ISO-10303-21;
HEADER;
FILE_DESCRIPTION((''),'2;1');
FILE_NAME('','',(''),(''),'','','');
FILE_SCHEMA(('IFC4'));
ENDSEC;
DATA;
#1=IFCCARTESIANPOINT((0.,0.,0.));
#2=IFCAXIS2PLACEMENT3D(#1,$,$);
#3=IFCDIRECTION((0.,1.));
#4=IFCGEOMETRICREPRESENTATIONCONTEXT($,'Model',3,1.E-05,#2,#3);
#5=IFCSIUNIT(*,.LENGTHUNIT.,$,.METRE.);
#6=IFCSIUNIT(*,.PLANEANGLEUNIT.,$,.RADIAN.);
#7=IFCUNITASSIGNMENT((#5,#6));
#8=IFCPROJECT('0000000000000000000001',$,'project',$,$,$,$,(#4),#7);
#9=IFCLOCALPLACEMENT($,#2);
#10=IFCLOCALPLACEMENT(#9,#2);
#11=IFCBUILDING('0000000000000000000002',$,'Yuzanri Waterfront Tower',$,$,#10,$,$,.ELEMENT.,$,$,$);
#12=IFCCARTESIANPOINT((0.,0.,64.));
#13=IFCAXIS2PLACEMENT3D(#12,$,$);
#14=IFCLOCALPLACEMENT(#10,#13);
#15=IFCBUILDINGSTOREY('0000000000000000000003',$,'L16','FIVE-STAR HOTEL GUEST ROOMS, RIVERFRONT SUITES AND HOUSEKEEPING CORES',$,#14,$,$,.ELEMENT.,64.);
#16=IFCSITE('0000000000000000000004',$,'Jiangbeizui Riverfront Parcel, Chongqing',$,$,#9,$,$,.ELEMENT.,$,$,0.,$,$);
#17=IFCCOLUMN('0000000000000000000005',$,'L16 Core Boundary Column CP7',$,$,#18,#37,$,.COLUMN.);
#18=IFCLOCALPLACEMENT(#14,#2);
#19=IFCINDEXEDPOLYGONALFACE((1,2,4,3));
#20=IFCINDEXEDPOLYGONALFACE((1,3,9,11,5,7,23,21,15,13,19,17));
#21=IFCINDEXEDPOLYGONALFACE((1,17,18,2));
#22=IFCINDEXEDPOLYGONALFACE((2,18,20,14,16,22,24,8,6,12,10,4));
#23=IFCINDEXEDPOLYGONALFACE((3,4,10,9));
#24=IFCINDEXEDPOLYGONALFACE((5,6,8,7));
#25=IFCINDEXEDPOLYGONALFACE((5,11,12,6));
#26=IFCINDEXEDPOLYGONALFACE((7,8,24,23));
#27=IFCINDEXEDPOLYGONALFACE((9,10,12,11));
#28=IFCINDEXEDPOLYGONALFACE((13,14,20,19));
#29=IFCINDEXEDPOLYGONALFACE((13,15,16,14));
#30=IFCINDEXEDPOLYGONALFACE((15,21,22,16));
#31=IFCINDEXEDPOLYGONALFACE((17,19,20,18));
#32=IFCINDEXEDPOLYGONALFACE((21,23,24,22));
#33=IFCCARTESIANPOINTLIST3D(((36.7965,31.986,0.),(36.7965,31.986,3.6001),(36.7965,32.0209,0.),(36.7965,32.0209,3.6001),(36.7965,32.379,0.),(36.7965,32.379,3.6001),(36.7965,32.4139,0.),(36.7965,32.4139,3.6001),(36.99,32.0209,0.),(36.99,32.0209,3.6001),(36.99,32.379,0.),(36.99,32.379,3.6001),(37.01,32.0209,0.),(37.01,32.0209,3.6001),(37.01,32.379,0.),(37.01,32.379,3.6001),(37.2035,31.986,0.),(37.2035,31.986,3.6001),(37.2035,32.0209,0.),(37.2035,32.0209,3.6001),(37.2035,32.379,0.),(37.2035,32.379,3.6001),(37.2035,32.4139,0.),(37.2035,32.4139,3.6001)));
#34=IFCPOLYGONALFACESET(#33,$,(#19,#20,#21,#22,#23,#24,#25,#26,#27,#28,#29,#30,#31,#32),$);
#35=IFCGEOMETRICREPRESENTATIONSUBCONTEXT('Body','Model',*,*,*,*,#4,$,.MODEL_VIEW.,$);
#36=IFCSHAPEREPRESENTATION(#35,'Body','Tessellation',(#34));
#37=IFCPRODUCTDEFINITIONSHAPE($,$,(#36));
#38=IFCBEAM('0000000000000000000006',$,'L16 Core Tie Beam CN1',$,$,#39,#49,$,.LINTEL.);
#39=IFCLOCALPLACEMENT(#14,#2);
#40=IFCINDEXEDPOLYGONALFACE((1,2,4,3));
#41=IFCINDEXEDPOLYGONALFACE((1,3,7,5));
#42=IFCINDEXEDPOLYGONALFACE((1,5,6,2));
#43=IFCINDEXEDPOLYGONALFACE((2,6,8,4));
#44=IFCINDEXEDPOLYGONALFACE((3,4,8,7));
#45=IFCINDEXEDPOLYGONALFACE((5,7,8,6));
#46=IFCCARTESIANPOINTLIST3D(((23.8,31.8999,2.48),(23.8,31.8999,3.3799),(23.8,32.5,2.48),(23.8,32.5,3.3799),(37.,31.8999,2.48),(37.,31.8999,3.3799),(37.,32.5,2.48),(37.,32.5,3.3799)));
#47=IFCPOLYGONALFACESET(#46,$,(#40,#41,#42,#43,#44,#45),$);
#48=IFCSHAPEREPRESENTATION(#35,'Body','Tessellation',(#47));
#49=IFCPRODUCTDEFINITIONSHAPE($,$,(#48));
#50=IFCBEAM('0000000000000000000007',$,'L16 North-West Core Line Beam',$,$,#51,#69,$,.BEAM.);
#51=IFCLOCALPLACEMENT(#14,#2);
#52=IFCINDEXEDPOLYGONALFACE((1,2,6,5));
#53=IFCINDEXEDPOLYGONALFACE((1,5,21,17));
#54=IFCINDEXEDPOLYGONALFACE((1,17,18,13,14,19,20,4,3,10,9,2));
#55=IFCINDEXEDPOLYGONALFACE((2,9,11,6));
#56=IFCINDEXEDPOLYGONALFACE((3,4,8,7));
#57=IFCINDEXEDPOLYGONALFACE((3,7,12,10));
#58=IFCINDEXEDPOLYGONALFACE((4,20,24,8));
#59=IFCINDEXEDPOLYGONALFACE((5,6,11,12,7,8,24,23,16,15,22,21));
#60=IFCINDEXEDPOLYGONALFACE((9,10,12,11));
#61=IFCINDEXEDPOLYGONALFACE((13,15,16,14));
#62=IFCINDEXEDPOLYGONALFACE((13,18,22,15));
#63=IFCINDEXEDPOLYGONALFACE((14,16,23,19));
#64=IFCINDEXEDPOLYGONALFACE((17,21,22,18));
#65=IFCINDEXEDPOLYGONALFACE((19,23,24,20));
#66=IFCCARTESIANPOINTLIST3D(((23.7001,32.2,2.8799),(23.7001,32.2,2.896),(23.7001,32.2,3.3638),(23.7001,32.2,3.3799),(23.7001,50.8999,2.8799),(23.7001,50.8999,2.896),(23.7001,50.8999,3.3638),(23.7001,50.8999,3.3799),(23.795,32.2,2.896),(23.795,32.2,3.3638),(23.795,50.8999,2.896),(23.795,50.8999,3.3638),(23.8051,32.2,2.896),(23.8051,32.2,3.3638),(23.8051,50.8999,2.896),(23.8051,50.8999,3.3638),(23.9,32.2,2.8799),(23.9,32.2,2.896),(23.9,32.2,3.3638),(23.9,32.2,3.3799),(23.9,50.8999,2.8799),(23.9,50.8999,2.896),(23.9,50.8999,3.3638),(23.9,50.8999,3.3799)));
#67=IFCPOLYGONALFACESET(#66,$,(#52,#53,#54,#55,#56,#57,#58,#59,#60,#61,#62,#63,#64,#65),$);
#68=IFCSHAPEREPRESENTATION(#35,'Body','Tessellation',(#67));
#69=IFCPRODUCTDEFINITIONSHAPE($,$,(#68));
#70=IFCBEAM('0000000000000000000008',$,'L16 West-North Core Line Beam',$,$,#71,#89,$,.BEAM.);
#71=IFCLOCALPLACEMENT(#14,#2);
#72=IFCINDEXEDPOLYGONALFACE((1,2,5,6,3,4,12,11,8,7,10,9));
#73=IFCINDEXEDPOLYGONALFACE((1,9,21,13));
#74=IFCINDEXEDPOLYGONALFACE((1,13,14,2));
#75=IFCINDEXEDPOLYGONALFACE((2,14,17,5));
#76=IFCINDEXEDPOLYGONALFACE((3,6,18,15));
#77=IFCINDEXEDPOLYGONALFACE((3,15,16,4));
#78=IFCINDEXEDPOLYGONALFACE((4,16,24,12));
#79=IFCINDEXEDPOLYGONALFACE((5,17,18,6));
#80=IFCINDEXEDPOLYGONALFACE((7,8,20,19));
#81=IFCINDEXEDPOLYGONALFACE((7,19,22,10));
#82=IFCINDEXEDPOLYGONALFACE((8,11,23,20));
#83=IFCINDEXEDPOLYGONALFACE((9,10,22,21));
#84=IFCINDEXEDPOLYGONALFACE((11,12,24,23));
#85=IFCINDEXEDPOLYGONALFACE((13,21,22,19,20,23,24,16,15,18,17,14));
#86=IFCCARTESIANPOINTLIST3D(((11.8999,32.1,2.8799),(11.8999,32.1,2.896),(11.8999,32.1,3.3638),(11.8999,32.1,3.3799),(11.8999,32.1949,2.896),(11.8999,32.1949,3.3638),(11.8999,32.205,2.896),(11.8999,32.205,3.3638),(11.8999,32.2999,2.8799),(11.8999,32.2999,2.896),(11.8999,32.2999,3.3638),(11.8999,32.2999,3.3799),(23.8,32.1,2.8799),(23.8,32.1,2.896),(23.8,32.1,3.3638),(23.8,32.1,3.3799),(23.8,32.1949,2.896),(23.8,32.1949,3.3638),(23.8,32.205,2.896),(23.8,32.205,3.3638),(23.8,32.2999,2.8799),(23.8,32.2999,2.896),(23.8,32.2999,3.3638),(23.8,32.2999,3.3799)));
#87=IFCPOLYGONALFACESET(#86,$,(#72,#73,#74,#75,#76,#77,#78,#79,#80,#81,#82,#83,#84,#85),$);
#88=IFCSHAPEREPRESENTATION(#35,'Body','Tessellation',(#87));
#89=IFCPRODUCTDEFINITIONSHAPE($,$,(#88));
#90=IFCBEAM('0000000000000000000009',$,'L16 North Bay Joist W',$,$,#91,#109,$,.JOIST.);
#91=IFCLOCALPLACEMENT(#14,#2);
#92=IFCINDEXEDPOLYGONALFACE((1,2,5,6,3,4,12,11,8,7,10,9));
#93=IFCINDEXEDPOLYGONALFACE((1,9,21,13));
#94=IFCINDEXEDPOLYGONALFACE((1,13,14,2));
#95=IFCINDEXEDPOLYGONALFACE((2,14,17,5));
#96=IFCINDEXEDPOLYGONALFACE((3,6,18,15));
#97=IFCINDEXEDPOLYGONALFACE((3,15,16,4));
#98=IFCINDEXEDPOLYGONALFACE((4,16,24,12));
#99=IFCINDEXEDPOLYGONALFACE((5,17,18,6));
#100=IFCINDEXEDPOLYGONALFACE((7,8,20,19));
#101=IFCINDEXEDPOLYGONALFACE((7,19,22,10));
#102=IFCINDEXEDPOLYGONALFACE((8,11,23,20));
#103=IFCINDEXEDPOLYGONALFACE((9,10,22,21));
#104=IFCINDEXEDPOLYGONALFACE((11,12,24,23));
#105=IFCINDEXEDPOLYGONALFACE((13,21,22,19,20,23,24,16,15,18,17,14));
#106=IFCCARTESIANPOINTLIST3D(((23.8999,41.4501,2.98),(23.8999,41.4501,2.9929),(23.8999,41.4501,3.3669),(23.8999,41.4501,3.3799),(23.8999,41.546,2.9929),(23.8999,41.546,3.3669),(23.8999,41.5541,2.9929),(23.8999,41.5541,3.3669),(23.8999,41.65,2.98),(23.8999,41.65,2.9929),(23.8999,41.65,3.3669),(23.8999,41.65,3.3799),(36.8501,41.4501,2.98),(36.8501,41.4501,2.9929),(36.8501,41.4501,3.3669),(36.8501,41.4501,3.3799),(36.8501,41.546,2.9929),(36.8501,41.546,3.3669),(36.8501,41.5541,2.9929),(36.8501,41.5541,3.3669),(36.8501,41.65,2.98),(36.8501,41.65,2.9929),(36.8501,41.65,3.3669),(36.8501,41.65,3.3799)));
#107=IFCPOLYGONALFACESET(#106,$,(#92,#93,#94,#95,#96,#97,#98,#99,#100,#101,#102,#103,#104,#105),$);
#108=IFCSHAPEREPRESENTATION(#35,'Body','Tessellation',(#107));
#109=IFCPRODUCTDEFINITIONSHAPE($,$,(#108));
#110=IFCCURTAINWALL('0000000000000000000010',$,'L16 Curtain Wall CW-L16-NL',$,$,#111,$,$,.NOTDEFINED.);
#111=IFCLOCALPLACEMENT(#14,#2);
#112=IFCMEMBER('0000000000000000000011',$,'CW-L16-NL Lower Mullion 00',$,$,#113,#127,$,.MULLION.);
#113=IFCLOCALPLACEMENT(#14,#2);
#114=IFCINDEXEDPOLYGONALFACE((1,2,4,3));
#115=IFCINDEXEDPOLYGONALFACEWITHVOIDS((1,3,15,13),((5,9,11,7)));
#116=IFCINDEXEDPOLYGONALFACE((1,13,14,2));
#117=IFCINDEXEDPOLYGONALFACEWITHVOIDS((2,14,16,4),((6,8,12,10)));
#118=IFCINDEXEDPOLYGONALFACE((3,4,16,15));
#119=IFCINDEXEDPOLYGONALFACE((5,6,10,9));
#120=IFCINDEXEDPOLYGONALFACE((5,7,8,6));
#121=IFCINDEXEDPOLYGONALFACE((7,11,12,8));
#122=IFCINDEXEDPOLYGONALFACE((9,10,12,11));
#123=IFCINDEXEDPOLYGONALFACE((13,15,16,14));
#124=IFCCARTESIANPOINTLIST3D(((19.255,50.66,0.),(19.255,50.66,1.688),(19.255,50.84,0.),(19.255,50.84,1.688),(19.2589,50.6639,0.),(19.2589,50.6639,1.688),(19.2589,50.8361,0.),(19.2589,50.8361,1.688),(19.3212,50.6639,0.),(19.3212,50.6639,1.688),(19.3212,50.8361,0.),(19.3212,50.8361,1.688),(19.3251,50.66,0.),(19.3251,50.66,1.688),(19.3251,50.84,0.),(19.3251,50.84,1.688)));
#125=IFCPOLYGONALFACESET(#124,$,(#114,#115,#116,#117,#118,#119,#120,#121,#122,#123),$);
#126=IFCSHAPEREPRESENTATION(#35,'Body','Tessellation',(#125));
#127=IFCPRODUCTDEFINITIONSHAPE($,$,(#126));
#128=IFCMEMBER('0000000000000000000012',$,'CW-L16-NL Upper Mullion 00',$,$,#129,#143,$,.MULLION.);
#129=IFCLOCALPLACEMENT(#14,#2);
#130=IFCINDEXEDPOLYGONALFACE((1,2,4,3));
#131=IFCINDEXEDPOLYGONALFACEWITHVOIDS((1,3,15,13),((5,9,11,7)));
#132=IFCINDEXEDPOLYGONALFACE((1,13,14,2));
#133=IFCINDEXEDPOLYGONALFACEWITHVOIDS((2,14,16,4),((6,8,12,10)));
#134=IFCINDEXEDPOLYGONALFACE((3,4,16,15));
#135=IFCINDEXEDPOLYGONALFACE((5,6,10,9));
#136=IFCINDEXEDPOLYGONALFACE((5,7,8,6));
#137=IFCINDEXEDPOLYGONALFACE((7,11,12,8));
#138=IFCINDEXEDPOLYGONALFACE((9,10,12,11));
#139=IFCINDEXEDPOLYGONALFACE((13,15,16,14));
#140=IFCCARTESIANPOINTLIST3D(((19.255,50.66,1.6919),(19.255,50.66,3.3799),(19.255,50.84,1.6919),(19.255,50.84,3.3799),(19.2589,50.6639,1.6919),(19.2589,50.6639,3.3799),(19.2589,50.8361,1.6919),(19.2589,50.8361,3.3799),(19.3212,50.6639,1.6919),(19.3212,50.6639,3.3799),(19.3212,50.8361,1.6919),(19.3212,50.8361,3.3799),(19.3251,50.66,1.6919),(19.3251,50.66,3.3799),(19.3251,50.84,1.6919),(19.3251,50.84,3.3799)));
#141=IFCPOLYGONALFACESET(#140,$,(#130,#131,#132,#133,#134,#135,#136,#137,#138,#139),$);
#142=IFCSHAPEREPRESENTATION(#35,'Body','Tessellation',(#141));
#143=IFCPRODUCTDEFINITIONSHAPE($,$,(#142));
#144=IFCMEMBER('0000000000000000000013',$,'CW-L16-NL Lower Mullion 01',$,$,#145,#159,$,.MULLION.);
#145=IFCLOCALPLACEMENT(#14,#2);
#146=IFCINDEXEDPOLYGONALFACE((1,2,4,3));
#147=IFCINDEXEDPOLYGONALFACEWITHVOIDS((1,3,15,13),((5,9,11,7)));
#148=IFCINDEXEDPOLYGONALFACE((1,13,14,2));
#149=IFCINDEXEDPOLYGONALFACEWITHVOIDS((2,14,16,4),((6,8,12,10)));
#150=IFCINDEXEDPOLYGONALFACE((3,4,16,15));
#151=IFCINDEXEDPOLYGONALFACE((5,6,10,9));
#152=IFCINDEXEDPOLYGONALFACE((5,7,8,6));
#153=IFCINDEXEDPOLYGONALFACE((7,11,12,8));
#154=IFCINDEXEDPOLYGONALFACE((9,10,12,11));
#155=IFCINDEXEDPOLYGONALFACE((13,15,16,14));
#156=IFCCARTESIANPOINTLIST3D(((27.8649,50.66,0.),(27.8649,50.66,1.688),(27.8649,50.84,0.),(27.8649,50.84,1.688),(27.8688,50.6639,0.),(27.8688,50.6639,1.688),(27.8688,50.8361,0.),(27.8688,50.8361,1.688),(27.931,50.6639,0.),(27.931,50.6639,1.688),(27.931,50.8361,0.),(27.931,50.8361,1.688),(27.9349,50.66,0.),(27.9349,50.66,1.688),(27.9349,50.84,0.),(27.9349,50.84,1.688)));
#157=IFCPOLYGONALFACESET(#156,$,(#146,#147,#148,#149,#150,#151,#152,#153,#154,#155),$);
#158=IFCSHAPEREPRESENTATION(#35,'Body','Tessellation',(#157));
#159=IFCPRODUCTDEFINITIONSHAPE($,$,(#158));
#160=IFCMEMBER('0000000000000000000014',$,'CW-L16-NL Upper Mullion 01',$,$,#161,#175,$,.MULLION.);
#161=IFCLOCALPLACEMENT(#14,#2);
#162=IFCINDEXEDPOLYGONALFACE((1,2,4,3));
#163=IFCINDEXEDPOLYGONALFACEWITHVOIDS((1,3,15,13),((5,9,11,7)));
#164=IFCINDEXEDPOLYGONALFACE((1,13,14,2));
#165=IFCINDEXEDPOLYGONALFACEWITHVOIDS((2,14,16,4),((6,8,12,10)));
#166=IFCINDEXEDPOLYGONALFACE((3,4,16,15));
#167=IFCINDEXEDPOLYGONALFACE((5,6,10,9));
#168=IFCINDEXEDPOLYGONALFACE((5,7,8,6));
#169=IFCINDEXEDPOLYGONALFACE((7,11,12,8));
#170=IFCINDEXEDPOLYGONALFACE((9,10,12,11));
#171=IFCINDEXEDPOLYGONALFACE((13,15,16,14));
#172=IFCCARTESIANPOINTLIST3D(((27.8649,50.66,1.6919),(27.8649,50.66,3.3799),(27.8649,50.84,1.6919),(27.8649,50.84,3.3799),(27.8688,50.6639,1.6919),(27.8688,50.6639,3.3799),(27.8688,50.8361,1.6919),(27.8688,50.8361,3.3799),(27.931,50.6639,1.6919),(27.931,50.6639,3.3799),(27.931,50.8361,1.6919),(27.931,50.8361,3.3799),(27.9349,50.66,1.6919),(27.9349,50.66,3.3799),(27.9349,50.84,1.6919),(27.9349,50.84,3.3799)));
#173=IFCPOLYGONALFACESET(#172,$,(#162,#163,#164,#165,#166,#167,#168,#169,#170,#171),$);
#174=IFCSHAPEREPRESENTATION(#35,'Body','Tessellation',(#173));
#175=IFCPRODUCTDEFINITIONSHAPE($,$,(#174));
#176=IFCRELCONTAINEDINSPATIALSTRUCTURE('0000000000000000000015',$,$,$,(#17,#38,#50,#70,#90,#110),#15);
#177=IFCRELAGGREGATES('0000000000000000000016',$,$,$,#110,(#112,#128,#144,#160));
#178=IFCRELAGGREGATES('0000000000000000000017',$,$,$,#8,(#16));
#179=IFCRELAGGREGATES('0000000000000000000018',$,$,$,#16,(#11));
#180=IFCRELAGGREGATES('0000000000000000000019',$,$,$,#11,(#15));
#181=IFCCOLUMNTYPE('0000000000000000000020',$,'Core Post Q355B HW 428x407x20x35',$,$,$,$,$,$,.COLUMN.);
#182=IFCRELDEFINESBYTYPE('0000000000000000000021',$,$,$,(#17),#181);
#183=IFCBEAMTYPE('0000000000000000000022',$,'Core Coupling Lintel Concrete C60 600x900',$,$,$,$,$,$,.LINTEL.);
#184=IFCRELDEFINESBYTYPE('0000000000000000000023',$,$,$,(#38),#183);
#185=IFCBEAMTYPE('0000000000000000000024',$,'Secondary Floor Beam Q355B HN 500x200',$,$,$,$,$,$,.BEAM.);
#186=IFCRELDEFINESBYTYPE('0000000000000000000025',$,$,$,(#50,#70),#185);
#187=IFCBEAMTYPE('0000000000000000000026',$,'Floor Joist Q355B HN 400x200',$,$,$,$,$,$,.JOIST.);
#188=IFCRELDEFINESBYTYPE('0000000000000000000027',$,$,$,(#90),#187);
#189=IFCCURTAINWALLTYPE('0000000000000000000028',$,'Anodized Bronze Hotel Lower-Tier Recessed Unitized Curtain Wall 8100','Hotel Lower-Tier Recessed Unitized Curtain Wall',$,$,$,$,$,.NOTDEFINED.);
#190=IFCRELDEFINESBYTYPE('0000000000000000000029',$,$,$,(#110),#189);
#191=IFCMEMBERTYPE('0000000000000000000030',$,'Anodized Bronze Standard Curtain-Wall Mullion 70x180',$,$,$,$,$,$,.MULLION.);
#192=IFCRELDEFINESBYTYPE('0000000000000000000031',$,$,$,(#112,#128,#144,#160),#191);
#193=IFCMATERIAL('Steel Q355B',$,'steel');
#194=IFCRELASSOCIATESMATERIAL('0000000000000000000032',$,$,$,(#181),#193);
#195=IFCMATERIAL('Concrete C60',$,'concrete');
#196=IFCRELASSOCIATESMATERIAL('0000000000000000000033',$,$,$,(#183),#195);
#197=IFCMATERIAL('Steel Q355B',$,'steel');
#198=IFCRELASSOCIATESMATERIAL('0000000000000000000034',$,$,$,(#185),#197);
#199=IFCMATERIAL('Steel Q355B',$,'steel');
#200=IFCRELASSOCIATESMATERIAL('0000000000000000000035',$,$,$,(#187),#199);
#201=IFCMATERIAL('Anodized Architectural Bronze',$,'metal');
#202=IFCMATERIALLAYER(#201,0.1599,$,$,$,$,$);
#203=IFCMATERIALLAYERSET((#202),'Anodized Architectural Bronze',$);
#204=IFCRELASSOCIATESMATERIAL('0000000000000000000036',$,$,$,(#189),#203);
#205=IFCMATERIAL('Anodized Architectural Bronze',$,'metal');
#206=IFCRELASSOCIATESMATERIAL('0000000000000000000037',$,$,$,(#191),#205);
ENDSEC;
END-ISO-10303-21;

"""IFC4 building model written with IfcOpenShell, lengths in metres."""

from ifc_helpers import new_model, si_unit, direction, frame, origin, origin_2d, place, context, subcontext, project, spatial, rectangle, hollow_rectangle, i_section, extrude, source, transform, mapped, material, layer, layer_set, material_profile, profile_set, type_object, element, aggregate, save


model = new_model("IFC4")

# Units and contexts
model_context = context("Model", 3, precision=1e-05, world=origin(), true_north=direction((0.0, 1.0)))
body_context = subcontext(model_context, "Body", "Model", "MODEL_VIEW")
ifc_project = project(units=[si_unit("LENGTHUNIT", "METRE"), si_unit("PLANEANGLEUNIT", "RADIAN")], contexts=[model_context])

# Site, building, storey
site_placement = place(None, origin())
site = spatial("IfcSite", under=ifc_project, at=site_placement, Name="Jiangbeizui Riverfront Parcel, Chongqing", CompositionType="ELEMENT", RefElevation=0.0)
building_placement = place(site_placement, origin())
building = spatial("IfcBuilding", under=site, at=building_placement, Name="Yuzanri Waterfront Tower", CompositionType="ELEMENT")
storey_placement = place(building_placement, frame((0.0, 0.0, 64.0)))
storey = spatial("IfcBuildingStorey", under=building, at=storey_placement, Name="L16", Description="FIVE-STAR HOTEL GUEST ROOMS, RIVERFRONT SUITES AND HOUSEKEEPING CORES", CompositionType="ELEMENT", Elevation=64.0)

# Column
ifc_material_1 = material(Name="Steel Q355B", Category="steel")
ifc_material_profile_1 = material_profile(ifc_material_1, i_section(OverallWidth=0.407, OverallDepth=0.428, WebThickness=0.02, FlangeThickness=0.0349, at=origin_2d()), Name="HW 428x407x20x35")
ifc_profile_set_1 = profile_set([ifc_material_profile_1], Name="Steel Q355B")
column_type = type_object("IfcColumnType", Name="Core Post Q355B HW 428x407x20x35", PredefinedType="COLUMN", material=ifc_profile_set_1)
shared_shape_1 = source(origin(), body_context, "Body", "SweptSolid", [
    extrude(i_section(OverallWidth=0.407, OverallDepth=0.428, WebThickness=0.02, FlangeThickness=0.0349, at=origin_2d()), origin(), (0.0, 0.0, 1.0), 3.6001),
])
column_placement = place(storey_placement, frame((37.0, 32.2, 0.0), z_axis=(0.0, 0.0, 1.0), x_axis=(1.0, 0.0, 0.0)))
element("IfcColumn", 1, at=column_placement, inside=storey, type_object=column_type, Name="L16 Core Boundary Column CP7", PredefinedType="COLUMN", context=body_context, shape_type="MappedRepresentation", body=[
    mapped(shared_shape_1, transform((0.0, 0.0, 0.0), scale=1.0)),
])

# Beams
ifc_material_2 = material(Name="Concrete C60", Category="concrete")
ifc_material_profile_2 = material_profile(ifc_material_2, rectangle(XDim=0.6001, YDim=0.8999, at=origin_2d()), Name="RC 600x900")
ifc_profile_set_2 = profile_set([ifc_material_profile_2], Name="Concrete C60")
beam_type_1 = type_object("IfcBeamType", Name="Core Coupling Lintel Concrete C60 600x900", PredefinedType="LINTEL", material=ifc_profile_set_2)
shared_shape_2 = source(origin(), body_context, "Body", "SweptSolid", [
    extrude(rectangle(XDim=0.6001, YDim=0.8999, at=origin_2d()), origin(), (0.0, 0.0, 1.0), 13.2),
])
beam_1_placement = place(storey_placement, frame((23.8, 32.2, 2.9299), z_axis=(1.0, 0.0, 0.0), x_axis=(0.0, 1.0, 0.0)))
element("IfcBeam", 2, at=beam_1_placement, inside=storey, type_object=beam_type_1, Name="L16 Core Tie Beam CN1", PredefinedType="LINTEL", context=body_context, shape_type="MappedRepresentation", body=[
    mapped(shared_shape_2, transform((0.0, 0.0, 0.0), scale=1.0)),
])
ifc_material_3 = material(Name="Steel Q355B", Category="steel")
ifc_material_profile_3 = material_profile(ifc_material_3, i_section(OverallWidth=0.2, OverallDepth=0.5, WebThickness=0.01, FlangeThickness=0.0161, at=origin_2d()), Name="HN 500x200x10x16")
ifc_profile_set_3 = profile_set([ifc_material_profile_3], Name="Steel Q355B")
beam_type_2 = type_object("IfcBeamType", Name="Secondary Floor Beam Q355B HN 500x200", PredefinedType="BEAM", material=ifc_profile_set_3)
shared_shape_3 = source(origin(), body_context, "Body", "SweptSolid", [
    extrude(i_section(OverallWidth=0.2, OverallDepth=0.5, WebThickness=0.01, FlangeThickness=0.0161, at=origin_2d()), origin(), (0.0, 0.0, 1.0), 18.7),
])
beam_2_placement = place(storey_placement, frame((23.8, 32.2, 3.1299), z_axis=(0.0, 1.0, 0.0), x_axis=(-1.0, 0.0, 0.0)))
element("IfcBeam", 3, at=beam_2_placement, inside=storey, type_object=beam_type_2, Name="L16 North-West Core Line Beam", PredefinedType="BEAM", context=body_context, shape_type="MappedRepresentation", body=[
    mapped(shared_shape_3, transform((0.0, 0.0, 0.0), scale=1.0)),
])
shared_shape_4 = source(origin(), body_context, "Body", "SweptSolid", [
    extrude(i_section(OverallWidth=0.2, OverallDepth=0.5, WebThickness=0.01, FlangeThickness=0.0161, at=origin_2d()), origin(), (0.0, 0.0, 1.0), 11.9001),
])
beam_3_placement = place(storey_placement, frame((23.8, 32.2, 3.1299), z_axis=(-1.0, 0.0, 0.0), x_axis=(0.0, -1.0, 0.0)))
element("IfcBeam", 4, at=beam_3_placement, inside=storey, type_object=beam_type_2, Name="L16 West-North Core Line Beam", PredefinedType="BEAM", context=body_context, shape_type="MappedRepresentation", body=[
    mapped(shared_shape_4, transform((0.0, 0.0, 0.0), scale=1.0)),
])
ifc_material_4 = material(Name="Steel Q355B", Category="steel")
ifc_material_profile_4 = material_profile(ifc_material_4, i_section(OverallWidth=0.2, OverallDepth=0.3999, WebThickness=0.0081, FlangeThickness=0.0129, at=origin_2d()), Name="HN 400x200x8x13")
ifc_profile_set_4 = profile_set([ifc_material_profile_4], Name="Steel Q355B")
beam_type_3 = type_object("IfcBeamType", Name="Floor Joist Q355B HN 400x200", PredefinedType="JOIST", material=ifc_profile_set_4)
shared_shape_5 = source(origin(), body_context, "Body", "SweptSolid", [
    extrude(i_section(OverallWidth=0.2, OverallDepth=0.3999, WebThickness=0.0081, FlangeThickness=0.0129, at=origin_2d()), origin(), (0.0, 0.0, 1.0), 12.9502),
])
beam_4_placement = place(storey_placement, frame((23.8999, 41.55, 3.1799), z_axis=(1.0, 0.0, 0.0), x_axis=(0.0, 1.0, 0.0)))
element("IfcBeam", 5, at=beam_4_placement, inside=storey, type_object=beam_type_3, Name="L16 North Bay Joist W", PredefinedType="JOIST", context=body_context, shape_type="MappedRepresentation", body=[
    mapped(shared_shape_5, transform((0.0, 0.0, 0.0), scale=1.0)),
])

# Curtain wall, members
ifc_material_5 = material(Name="Anodized Architectural Bronze", Category="metal")
ifc_layer_1 = layer(ifc_material_5, 0.1599)
ifc_layer_set_1 = layer_set([ifc_layer_1], Name="Anodized Architectural Bronze")
curtain_wall_type = type_object("IfcCurtainWallType", Name="Anodized Bronze Hotel Lower-Tier Recessed Unitized Curtain Wall 8100", Description="Hotel Lower-Tier Recessed Unitized Curtain Wall", PredefinedType="NOTDEFINED", material=ifc_layer_set_1)
curtain_wall_placement = place(storey_placement, origin())
curtain_wall = element("IfcCurtainWall", 6, at=curtain_wall_placement, inside=storey, type_object=curtain_wall_type, Name="L16 Curtain Wall CW-L16-NL", PredefinedType="NOTDEFINED")
ifc_material_6 = material(Name="Anodized Architectural Bronze", Category="metal")
ifc_material_profile_5 = material_profile(ifc_material_6, hollow_rectangle(XDim=0.0701, YDim=0.1799, WallThickness=0.0039, at=origin_2d()), Name="CWM 70x180")
ifc_profile_set_5 = profile_set([ifc_material_profile_5], Name="Anodized Architectural Bronze")
member_type_1 = type_object("IfcMemberType", Name="Anodized Bronze Standard Curtain-Wall Mullion 70x180", PredefinedType="MULLION", material=ifc_profile_set_5)
shared_shape_6 = source(origin(), body_context, "Body", "SweptSolid", [
    extrude(hollow_rectangle(XDim=0.0701, YDim=0.1799, WallThickness=0.0039, at=origin_2d()), origin(), (0.0, 0.0, 1.0), 1.688),
])
member_1_placement = place(storey_placement, frame((19.29, 50.75, 0.0), z_axis=(0.0, 0.0, 1.0), x_axis=(1.0, 0.0, 0.0)))
member_1 = element("IfcMember", 7, at=member_1_placement, type_object=member_type_1, Name="CW-L16-NL Lower Mullion 00", PredefinedType="MULLION", context=body_context, shape_type="MappedRepresentation", body=[
    mapped(shared_shape_6, transform((0.0, 0.0, 0.0), scale=1.0)),
])
member_2_placement = place(storey_placement, frame((19.29, 50.75, 1.6919), z_axis=(0.0, 0.0, 1.0), x_axis=(1.0, 0.0, 0.0)))
member_2 = element("IfcMember", 8, at=member_2_placement, type_object=member_type_1, Name="CW-L16-NL Upper Mullion 00", PredefinedType="MULLION", context=body_context, shape_type="MappedRepresentation", body=[
    mapped(shared_shape_6, transform((0.0, 0.0, 0.0), scale=1.0)),
])
member_3_placement = place(storey_placement, frame((27.8999, 50.75, 0.0), z_axis=(0.0, 0.0, 1.0), x_axis=(1.0, 0.0, 0.0)))
member_3 = element("IfcMember", 9, at=member_3_placement, type_object=member_type_1, Name="CW-L16-NL Lower Mullion 01", PredefinedType="MULLION", context=body_context, shape_type="MappedRepresentation", body=[
    mapped(shared_shape_6, transform((0.0, 0.0, 0.0), scale=1.0)),
])
member_4_placement = place(storey_placement, frame((27.8999, 50.75, 1.6919), z_axis=(0.0, 0.0, 1.0), x_axis=(1.0, 0.0, 0.0)))
member_4 = element("IfcMember", 10, at=member_4_placement, type_object=member_type_1, Name="CW-L16-NL Upper Mullion 01", PredefinedType="MULLION", context=body_context, shape_type="MappedRepresentation", body=[
    mapped(shared_shape_6, transform((0.0, 0.0, 0.0), scale=1.0)),
])
aggregate(curtain_wall, [member_1, member_2, member_3, member_4])

save(model, "model.ifc")
